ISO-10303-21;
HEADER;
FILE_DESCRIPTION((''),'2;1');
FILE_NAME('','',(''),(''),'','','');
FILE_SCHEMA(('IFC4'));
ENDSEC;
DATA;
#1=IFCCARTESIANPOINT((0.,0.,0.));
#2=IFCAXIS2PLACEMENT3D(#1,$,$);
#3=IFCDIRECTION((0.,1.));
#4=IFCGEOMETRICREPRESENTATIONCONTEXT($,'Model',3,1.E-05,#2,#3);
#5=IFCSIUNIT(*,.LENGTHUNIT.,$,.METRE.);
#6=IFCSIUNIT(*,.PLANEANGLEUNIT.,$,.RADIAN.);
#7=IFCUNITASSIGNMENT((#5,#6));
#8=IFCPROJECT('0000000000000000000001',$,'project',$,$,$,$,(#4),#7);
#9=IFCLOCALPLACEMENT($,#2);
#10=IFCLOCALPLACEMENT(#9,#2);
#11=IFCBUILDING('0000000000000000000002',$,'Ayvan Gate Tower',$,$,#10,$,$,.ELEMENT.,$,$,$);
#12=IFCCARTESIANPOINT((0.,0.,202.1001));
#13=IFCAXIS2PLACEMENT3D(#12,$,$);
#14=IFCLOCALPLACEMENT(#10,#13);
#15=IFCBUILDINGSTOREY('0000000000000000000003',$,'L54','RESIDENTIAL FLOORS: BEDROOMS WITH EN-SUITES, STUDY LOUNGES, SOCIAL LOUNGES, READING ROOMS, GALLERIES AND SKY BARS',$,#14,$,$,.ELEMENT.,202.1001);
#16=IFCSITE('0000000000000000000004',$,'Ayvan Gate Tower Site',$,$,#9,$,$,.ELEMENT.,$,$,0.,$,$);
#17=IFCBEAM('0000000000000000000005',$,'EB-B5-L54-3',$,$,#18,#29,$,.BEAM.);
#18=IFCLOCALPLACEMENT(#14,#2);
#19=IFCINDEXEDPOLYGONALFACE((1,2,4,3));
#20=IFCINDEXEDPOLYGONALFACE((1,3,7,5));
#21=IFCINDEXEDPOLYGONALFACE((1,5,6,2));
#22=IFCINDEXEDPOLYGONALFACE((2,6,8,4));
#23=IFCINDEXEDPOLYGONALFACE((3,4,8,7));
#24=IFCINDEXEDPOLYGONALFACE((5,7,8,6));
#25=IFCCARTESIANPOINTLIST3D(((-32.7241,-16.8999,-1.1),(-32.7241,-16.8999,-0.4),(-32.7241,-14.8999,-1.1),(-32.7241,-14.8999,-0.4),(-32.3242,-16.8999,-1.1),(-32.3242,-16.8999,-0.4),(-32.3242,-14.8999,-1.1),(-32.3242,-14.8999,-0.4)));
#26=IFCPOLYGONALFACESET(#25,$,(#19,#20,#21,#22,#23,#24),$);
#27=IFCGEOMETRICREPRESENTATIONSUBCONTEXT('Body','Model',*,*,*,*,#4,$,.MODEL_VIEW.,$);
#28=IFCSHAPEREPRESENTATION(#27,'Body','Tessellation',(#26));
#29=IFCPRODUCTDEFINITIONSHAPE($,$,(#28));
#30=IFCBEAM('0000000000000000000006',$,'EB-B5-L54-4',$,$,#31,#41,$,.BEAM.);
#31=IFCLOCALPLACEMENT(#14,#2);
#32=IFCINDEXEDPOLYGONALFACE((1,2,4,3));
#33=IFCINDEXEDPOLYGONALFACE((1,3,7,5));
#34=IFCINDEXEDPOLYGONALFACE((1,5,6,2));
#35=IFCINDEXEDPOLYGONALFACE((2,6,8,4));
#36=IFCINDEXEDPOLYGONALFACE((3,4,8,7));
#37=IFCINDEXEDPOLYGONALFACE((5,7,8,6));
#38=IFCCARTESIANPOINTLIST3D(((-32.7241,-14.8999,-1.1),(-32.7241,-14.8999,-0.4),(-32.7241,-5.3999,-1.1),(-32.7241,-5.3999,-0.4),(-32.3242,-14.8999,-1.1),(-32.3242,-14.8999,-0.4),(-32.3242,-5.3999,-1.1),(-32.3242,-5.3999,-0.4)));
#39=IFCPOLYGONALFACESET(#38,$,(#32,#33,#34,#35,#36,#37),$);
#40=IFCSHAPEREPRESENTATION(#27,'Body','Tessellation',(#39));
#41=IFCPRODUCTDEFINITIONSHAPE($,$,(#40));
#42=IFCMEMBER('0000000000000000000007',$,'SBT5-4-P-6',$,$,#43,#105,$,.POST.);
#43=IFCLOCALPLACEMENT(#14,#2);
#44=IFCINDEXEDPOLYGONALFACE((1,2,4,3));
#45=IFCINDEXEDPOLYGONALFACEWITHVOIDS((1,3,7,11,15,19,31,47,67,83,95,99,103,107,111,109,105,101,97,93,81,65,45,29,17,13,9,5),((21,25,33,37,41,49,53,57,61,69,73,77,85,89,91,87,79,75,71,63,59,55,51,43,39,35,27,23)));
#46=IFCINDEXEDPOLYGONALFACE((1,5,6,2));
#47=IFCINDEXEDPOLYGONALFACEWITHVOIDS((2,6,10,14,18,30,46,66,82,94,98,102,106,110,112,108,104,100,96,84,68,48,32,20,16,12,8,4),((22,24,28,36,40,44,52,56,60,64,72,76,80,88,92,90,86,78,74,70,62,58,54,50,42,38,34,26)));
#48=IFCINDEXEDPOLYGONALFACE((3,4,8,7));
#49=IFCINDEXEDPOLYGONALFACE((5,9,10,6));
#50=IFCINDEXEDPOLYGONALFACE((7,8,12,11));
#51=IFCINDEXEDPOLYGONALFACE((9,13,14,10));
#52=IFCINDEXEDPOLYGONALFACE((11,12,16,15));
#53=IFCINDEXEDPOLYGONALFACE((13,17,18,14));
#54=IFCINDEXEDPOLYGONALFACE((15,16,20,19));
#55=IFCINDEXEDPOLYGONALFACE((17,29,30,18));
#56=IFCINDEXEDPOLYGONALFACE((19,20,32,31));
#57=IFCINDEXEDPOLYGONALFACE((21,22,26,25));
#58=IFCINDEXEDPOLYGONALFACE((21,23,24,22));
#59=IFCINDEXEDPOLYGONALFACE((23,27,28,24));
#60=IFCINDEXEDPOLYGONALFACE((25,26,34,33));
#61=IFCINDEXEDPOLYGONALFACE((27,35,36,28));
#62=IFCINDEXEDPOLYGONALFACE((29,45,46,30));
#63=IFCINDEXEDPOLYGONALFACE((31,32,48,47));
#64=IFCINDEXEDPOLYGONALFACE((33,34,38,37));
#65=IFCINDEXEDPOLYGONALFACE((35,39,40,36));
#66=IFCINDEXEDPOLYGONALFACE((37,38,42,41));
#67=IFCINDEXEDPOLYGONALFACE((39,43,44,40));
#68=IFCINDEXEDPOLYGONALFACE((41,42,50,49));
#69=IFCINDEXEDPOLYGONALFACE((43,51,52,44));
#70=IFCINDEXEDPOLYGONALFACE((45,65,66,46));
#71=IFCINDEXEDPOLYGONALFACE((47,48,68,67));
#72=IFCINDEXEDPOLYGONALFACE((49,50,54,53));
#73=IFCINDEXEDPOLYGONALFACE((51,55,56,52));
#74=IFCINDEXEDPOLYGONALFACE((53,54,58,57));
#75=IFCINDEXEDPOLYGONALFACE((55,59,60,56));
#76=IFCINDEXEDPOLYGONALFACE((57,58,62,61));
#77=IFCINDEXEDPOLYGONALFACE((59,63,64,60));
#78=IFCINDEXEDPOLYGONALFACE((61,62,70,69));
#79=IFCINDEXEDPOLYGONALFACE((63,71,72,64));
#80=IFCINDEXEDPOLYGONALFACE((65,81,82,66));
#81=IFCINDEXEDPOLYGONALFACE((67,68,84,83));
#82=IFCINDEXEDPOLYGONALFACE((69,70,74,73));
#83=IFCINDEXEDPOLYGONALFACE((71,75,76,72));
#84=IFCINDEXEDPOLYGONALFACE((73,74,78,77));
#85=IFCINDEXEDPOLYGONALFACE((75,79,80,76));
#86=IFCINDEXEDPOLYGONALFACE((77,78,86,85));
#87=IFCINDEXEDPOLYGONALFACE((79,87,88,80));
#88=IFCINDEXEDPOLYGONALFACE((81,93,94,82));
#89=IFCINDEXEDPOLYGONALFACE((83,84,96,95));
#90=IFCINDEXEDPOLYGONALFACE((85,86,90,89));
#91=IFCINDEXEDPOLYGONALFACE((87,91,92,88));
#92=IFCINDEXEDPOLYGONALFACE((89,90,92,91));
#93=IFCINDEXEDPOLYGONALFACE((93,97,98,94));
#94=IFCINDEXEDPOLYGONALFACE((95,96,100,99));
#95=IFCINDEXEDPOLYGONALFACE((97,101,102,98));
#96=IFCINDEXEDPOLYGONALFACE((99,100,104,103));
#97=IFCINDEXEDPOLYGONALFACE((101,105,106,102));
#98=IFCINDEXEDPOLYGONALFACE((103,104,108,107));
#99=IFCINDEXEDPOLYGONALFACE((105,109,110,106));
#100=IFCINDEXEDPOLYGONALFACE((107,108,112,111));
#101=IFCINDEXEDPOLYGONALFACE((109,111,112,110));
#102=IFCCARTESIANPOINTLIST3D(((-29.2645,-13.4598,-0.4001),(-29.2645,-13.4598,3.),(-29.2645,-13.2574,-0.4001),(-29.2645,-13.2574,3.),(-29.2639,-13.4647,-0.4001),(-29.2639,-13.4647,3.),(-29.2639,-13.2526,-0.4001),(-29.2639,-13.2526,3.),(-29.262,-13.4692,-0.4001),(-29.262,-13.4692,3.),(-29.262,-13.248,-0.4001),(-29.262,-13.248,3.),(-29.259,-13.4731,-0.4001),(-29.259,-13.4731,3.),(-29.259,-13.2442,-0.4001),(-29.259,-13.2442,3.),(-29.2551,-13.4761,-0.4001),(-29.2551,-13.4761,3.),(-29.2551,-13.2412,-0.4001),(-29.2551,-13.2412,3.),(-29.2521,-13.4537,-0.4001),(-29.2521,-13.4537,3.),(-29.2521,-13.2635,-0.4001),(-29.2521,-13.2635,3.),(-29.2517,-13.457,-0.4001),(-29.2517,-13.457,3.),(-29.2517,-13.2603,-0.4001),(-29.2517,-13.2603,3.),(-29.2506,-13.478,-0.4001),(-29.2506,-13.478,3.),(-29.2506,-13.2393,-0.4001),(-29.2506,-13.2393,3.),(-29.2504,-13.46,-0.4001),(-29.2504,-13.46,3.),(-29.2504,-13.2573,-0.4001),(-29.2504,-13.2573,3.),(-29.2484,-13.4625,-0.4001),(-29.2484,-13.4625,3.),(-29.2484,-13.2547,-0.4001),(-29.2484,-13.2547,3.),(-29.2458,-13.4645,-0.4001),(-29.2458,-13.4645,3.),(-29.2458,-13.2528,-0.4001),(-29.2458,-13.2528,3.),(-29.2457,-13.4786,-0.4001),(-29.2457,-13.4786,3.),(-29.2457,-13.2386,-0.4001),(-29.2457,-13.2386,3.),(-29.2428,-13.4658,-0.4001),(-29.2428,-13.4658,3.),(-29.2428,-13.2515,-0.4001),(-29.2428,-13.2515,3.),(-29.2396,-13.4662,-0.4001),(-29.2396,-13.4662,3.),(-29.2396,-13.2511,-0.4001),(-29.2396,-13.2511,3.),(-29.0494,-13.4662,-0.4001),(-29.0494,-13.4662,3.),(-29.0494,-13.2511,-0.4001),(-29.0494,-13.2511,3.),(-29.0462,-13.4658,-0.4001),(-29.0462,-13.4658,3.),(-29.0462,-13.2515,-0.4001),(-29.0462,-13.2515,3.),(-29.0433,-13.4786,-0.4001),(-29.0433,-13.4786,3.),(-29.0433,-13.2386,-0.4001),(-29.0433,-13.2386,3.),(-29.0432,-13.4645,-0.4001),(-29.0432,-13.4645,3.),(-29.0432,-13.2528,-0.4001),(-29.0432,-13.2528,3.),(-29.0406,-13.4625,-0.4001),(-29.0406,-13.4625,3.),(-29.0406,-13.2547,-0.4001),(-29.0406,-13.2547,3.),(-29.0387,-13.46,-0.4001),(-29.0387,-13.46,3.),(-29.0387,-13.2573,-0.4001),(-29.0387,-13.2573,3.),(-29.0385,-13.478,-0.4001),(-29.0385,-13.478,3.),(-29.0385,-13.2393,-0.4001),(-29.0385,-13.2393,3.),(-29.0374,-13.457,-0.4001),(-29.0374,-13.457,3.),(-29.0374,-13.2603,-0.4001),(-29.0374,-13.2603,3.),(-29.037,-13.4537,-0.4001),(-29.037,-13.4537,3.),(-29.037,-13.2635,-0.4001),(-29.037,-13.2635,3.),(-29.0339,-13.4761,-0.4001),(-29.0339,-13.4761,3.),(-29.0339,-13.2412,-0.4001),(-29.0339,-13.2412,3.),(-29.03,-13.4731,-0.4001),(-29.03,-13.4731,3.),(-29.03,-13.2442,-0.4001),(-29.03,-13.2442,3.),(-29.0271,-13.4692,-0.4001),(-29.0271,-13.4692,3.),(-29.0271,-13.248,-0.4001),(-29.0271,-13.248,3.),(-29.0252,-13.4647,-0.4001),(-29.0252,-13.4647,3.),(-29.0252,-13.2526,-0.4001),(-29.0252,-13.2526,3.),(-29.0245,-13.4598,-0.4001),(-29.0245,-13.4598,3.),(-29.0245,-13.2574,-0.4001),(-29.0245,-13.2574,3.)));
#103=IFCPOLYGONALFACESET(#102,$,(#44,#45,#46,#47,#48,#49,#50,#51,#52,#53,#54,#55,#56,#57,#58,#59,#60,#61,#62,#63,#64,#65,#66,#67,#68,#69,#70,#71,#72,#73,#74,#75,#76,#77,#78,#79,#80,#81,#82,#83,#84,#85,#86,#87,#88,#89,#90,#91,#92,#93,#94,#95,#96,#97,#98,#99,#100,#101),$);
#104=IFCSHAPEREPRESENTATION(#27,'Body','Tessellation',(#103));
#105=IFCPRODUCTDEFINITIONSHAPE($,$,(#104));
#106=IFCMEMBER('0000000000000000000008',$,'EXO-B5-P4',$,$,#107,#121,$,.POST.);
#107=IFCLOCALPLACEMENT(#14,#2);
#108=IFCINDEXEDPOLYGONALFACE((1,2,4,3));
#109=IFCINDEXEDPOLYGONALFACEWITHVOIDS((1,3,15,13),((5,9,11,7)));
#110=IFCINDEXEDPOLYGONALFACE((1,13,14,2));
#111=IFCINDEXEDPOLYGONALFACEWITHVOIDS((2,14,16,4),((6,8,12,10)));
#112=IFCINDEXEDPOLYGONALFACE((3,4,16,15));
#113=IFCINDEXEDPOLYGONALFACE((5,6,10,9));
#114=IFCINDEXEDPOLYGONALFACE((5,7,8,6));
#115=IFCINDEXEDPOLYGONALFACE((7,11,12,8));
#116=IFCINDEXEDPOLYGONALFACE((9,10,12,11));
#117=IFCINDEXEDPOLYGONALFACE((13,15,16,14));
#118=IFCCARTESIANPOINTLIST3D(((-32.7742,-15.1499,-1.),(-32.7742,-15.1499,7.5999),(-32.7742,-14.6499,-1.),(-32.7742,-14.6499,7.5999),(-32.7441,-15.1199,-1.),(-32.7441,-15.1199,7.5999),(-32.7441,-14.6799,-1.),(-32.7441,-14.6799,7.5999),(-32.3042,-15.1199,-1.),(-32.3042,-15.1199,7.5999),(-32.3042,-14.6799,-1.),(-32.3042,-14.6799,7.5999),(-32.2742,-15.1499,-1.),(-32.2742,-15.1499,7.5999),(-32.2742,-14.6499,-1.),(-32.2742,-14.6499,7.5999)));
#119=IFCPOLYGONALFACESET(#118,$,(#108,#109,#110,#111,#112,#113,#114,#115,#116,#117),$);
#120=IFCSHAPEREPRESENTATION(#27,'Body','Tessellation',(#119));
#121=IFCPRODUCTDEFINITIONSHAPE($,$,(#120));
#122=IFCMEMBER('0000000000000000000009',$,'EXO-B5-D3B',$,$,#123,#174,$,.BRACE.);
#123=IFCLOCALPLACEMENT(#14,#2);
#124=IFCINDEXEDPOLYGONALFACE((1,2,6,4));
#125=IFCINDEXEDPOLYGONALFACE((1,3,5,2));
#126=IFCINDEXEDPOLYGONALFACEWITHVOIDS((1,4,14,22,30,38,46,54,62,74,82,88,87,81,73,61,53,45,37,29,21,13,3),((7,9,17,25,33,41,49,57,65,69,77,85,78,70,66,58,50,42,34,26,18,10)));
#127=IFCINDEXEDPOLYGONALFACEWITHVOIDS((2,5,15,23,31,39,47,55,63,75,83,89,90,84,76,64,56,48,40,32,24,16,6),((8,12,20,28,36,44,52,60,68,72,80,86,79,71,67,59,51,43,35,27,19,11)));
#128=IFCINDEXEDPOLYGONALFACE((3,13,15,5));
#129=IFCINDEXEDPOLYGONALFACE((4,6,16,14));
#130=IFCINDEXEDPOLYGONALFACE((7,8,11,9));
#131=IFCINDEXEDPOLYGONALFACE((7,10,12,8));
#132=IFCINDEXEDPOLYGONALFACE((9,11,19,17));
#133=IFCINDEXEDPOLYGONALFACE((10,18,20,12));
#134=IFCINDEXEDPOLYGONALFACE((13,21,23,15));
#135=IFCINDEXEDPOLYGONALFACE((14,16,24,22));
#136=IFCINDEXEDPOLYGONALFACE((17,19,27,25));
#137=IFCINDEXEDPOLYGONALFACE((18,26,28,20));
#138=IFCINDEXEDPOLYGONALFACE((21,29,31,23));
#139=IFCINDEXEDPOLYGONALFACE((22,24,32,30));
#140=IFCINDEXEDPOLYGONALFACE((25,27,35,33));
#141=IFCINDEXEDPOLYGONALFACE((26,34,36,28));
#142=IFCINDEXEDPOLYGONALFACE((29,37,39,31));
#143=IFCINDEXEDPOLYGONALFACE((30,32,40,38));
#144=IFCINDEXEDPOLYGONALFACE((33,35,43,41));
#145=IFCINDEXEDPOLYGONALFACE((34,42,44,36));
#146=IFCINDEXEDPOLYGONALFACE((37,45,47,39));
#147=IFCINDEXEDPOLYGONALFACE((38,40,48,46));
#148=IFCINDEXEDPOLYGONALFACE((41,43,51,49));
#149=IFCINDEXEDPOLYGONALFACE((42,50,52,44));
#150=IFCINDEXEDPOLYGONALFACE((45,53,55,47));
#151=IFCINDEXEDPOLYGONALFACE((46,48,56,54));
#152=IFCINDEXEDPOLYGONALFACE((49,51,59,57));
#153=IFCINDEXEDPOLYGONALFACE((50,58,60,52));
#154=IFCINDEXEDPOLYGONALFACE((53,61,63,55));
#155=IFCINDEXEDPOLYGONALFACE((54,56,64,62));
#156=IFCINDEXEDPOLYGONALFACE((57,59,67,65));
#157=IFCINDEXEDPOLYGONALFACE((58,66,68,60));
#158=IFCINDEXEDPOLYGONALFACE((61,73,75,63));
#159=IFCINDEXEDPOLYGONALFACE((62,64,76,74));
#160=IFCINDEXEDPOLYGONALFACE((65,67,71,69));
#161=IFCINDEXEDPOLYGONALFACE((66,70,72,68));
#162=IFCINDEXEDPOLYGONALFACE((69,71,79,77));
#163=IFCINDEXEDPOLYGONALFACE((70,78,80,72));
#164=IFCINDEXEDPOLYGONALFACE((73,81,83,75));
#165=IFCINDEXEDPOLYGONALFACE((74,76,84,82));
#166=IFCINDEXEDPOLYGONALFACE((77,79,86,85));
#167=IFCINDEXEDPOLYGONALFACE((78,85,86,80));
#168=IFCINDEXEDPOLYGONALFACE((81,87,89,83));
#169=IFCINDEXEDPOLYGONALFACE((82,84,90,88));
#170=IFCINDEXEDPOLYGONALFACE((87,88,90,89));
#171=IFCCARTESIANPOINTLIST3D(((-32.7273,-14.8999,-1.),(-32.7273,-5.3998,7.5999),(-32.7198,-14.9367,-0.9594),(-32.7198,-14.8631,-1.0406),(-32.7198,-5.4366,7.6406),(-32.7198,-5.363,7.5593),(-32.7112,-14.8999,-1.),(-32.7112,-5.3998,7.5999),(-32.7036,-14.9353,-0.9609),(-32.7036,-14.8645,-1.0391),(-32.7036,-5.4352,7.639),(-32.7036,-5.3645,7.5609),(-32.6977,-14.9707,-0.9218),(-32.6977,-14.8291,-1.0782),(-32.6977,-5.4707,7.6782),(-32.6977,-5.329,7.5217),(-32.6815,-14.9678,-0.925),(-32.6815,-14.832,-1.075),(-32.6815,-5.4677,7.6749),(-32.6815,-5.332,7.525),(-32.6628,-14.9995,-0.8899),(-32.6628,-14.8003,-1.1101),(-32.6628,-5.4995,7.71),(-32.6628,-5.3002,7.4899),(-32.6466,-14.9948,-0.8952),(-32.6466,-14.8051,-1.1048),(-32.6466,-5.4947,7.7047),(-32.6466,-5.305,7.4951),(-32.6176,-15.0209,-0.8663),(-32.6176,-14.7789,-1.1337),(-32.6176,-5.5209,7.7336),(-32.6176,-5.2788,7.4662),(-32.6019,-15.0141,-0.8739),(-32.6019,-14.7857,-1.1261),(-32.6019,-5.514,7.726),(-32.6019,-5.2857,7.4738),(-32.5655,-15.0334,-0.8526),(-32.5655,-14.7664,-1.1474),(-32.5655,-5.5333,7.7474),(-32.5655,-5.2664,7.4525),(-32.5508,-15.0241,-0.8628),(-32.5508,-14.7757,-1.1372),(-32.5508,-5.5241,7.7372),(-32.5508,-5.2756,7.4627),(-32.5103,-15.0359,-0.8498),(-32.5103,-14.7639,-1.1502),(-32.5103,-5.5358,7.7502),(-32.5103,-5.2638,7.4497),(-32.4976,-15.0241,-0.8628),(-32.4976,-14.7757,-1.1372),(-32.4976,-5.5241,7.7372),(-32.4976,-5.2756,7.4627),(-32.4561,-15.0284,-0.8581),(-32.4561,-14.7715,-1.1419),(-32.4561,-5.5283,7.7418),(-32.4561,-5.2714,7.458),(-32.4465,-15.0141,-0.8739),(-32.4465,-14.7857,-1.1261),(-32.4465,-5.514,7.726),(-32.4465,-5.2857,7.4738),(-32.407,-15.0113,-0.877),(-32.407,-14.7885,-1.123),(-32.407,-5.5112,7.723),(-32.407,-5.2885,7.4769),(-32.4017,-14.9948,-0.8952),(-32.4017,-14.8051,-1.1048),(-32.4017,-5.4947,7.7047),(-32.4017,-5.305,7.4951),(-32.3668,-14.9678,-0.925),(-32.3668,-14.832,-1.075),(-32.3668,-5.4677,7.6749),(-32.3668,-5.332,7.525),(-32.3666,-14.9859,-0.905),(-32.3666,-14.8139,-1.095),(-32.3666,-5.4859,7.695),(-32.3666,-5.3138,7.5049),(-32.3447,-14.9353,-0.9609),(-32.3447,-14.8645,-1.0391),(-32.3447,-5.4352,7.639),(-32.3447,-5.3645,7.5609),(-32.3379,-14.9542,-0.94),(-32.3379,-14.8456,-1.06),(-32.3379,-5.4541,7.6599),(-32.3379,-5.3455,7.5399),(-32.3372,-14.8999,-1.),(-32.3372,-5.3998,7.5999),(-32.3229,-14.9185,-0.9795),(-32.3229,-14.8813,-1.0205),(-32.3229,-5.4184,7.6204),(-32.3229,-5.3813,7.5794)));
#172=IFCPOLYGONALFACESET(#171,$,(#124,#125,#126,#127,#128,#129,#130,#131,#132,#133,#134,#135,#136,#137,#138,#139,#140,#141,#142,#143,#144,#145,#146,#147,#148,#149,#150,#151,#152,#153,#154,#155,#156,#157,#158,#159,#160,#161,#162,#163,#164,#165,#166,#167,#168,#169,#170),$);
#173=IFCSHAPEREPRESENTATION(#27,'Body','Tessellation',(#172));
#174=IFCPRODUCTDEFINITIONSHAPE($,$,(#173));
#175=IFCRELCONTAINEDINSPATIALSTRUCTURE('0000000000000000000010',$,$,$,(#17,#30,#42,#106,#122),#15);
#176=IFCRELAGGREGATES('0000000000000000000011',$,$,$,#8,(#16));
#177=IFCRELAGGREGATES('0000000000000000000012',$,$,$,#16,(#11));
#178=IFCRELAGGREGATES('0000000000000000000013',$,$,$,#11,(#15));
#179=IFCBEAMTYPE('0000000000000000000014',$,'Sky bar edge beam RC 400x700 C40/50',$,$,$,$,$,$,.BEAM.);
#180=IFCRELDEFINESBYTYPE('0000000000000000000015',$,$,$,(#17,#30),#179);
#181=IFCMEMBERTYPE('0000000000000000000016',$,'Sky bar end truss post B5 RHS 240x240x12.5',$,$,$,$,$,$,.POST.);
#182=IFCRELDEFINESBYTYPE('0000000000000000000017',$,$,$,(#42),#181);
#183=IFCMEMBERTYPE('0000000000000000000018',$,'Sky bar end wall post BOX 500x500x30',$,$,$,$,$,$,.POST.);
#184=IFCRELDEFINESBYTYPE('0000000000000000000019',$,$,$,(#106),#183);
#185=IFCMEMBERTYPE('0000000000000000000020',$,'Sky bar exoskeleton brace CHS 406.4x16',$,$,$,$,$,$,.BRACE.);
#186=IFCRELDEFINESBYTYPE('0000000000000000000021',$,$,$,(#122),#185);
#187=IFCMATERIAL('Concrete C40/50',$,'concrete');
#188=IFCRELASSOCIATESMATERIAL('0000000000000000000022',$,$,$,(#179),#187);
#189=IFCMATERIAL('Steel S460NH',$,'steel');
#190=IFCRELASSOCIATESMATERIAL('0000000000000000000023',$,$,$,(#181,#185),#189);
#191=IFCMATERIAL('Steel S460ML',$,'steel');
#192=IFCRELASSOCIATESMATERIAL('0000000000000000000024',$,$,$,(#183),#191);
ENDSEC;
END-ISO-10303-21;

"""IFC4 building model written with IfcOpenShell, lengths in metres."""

from ifc_helpers import new_model, si_unit, direction, frame, origin, origin_2d, place, context, subcontext, project, spatial, rectangle, hollow_rectangle, hollow_circle, extrude, material, material_profile, profile_set, type_object, element, save


model = new_model("IFC4")

# Units and contexts
model_context = context("Model", 3, precision=1e-05, world=origin(), true_north=direction((0.0, 1.0)))
body_context = subcontext(model_context, "Body", "Model", "MODEL_VIEW")
ifc_project = project(units=[si_unit("LENGTHUNIT", "METRE"), si_unit("PLANEANGLEUNIT", "RADIAN")], contexts=[model_context])

# Site, building, storey
site_placement = place(None, origin())
site = spatial("IfcSite", under=ifc_project, at=site_placement, Name="Ayvan Gate Tower Site", CompositionType="ELEMENT", RefElevation=0.0)
building_placement = place(site_placement, origin())
building = spatial("IfcBuilding", under=site, at=building_placement, Name="Ayvan Gate Tower", CompositionType="ELEMENT")
storey_placement = place(building_placement, frame((0.0, 0.0, 202.1001)))
storey = spatial("IfcBuildingStorey", under=building, at=storey_placement, Name="L54", Description="RESIDENTIAL FLOORS: BEDROOMS WITH EN-SUITES, STUDY LOUNGES, SOCIAL LOUNGES, READING ROOMS, GALLERIES AND SKY BARS", CompositionType="ELEMENT", Elevation=202.1001)

# Beams
ifc_material_1 = material(Name="Concrete C40/50", Category="concrete")
ifc_material_profile_1 = material_profile(ifc_material_1, rectangle(XDim=0.3999, YDim=0.7, at=origin_2d()), Name="RC 400x700")
ifc_profile_set_1 = profile_set([ifc_material_profile_1], Name="Concrete C40/50")
beam_type = type_object("IfcBeamType", Name="Sky bar edge beam RC 400x700 C40/50", PredefinedType="BEAM", material=ifc_profile_set_1)
beam_1_placement = place(storey_placement, frame((-32.5242, -16.8999, -0.75), z_axis=(0.0, 1.0, 0.0), x_axis=(-1.0, 0.0, 0.0)))
element("IfcBeam", 1, at=beam_1_placement, inside=storey, type_object=beam_type, Name="EB-B5-L54-3", PredefinedType="BEAM", context=body_context, shape_type="SweptSolid", body=[
    extrude(rectangle(XDim=0.3999, YDim=0.7, at=origin_2d()), origin(), (0.0, 0.0, 1.0), 2.0),
])
beam_2_placement = place(storey_placement, frame((-32.5242, -14.8999, -0.75), z_axis=(0.0, 1.0, 0.0), x_axis=(-1.0, 0.0, 0.0)))
element("IfcBeam", 2, at=beam_2_placement, inside=storey, type_object=beam_type, Name="EB-B5-L54-4", PredefinedType="BEAM", context=body_context, shape_type="SweptSolid", body=[
    extrude(rectangle(XDim=0.3999, YDim=0.7, at=origin_2d()), origin(), (0.0, 0.0, 1.0), 9.5),
])

# Members
ifc_material_2 = material(Name="Steel S460NH", Category="steel")
ifc_material_profile_2 = material_profile(ifc_material_2, hollow_rectangle(XDim=0.24, YDim=0.24, WallThickness=0.0125, InnerFilletRadius=0.0125, OuterFilletRadius=0.0188, at=origin_2d()), Name="RHS 240x240x12.5")
ifc_profile_set_2 = profile_set([ifc_material_profile_2], Name="Steel S460NH")
member_type_1 = type_object("IfcMemberType", Name="Sky bar end truss post B5 RHS 240x240x12.5", PredefinedType="POST", material=ifc_profile_set_2)
member_1_placement = place(storey_placement, frame((-29.1445, -13.3586, -0.4001), z_axis=(0.0, 0.0, 1.0), x_axis=(1.0, 0.0, 0.0)))
element("IfcMember", 3, at=member_1_placement, inside=storey, type_object=member_type_1, Name="SBT5-4-P-6", PredefinedType="POST", context=body_context, shape_type="SweptSolid", body=[
    extrude(hollow_rectangle(XDim=0.24, YDim=0.24, WallThickness=0.0125, InnerFilletRadius=0.0125, OuterFilletRadius=0.0188, at=origin_2d()), origin(), (0.0, 0.0, 1.0), 3.4001),
])
ifc_material_3 = material(Name="Steel S460ML", Category="steel")
ifc_material_profile_3 = material_profile(ifc_material_3, hollow_rectangle(XDim=0.5, YDim=0.5, WallThickness=0.03, at=origin_2d()), Name="BOX 500x500x30")
ifc_profile_set_3 = profile_set([ifc_material_profile_3], Name="Steel S460ML")
member_type_2 = type_object("IfcMemberType", Name="Sky bar end wall post BOX 500x500x30", PredefinedType="POST", material=ifc_profile_set_3)
member_2_placement = place(storey_placement, frame((-32.5242, -14.8999, -1.0), z_axis=(0.0, 0.0, 1.0), x_axis=(1.0, 0.0, 0.0)))
element("IfcMember", 4, at=member_2_placement, inside=storey, type_object=member_type_2, Name="EXO-B5-P4", PredefinedType="POST", context=body_context, shape_type="SweptSolid", body=[
    extrude(hollow_rectangle(XDim=0.5, YDim=0.5, WallThickness=0.03, at=origin_2d()), origin(), (0.0, 0.0, 1.0), 8.5999),
])
ifc_material_profile_4 = material_profile(ifc_material_2, hollow_circle(Radius=0.2031, WallThickness=0.0161, at=origin_2d()), Name="CHS 406.4x16")
ifc_profile_set_4 = profile_set([ifc_material_profile_4], Name="Steel S460NH")
member_type_3 = type_object("IfcMemberType", Name="Sky bar exoskeleton brace CHS 406.4x16", PredefinedType="BRACE", material=ifc_profile_set_4)
member_3_placement = place(storey_placement, frame((-32.5242, -14.8999, -1.0), z_axis=(0.0, 0.741357, 0.671111), x_axis=(-1.0, 0.0, 0.0)))
element("IfcMember", 5, at=member_3_placement, inside=storey, type_object=member_type_3, Name="EXO-B5-D3B", PredefinedType="BRACE", context=body_context, shape_type="SweptSolid", body=[
    extrude(hollow_circle(Radius=0.2031, WallThickness=0.0161, at=origin_2d()), origin(), (0.0, 0.0, 1.0), 12.8145),
])

save(model, "model.ifc")
